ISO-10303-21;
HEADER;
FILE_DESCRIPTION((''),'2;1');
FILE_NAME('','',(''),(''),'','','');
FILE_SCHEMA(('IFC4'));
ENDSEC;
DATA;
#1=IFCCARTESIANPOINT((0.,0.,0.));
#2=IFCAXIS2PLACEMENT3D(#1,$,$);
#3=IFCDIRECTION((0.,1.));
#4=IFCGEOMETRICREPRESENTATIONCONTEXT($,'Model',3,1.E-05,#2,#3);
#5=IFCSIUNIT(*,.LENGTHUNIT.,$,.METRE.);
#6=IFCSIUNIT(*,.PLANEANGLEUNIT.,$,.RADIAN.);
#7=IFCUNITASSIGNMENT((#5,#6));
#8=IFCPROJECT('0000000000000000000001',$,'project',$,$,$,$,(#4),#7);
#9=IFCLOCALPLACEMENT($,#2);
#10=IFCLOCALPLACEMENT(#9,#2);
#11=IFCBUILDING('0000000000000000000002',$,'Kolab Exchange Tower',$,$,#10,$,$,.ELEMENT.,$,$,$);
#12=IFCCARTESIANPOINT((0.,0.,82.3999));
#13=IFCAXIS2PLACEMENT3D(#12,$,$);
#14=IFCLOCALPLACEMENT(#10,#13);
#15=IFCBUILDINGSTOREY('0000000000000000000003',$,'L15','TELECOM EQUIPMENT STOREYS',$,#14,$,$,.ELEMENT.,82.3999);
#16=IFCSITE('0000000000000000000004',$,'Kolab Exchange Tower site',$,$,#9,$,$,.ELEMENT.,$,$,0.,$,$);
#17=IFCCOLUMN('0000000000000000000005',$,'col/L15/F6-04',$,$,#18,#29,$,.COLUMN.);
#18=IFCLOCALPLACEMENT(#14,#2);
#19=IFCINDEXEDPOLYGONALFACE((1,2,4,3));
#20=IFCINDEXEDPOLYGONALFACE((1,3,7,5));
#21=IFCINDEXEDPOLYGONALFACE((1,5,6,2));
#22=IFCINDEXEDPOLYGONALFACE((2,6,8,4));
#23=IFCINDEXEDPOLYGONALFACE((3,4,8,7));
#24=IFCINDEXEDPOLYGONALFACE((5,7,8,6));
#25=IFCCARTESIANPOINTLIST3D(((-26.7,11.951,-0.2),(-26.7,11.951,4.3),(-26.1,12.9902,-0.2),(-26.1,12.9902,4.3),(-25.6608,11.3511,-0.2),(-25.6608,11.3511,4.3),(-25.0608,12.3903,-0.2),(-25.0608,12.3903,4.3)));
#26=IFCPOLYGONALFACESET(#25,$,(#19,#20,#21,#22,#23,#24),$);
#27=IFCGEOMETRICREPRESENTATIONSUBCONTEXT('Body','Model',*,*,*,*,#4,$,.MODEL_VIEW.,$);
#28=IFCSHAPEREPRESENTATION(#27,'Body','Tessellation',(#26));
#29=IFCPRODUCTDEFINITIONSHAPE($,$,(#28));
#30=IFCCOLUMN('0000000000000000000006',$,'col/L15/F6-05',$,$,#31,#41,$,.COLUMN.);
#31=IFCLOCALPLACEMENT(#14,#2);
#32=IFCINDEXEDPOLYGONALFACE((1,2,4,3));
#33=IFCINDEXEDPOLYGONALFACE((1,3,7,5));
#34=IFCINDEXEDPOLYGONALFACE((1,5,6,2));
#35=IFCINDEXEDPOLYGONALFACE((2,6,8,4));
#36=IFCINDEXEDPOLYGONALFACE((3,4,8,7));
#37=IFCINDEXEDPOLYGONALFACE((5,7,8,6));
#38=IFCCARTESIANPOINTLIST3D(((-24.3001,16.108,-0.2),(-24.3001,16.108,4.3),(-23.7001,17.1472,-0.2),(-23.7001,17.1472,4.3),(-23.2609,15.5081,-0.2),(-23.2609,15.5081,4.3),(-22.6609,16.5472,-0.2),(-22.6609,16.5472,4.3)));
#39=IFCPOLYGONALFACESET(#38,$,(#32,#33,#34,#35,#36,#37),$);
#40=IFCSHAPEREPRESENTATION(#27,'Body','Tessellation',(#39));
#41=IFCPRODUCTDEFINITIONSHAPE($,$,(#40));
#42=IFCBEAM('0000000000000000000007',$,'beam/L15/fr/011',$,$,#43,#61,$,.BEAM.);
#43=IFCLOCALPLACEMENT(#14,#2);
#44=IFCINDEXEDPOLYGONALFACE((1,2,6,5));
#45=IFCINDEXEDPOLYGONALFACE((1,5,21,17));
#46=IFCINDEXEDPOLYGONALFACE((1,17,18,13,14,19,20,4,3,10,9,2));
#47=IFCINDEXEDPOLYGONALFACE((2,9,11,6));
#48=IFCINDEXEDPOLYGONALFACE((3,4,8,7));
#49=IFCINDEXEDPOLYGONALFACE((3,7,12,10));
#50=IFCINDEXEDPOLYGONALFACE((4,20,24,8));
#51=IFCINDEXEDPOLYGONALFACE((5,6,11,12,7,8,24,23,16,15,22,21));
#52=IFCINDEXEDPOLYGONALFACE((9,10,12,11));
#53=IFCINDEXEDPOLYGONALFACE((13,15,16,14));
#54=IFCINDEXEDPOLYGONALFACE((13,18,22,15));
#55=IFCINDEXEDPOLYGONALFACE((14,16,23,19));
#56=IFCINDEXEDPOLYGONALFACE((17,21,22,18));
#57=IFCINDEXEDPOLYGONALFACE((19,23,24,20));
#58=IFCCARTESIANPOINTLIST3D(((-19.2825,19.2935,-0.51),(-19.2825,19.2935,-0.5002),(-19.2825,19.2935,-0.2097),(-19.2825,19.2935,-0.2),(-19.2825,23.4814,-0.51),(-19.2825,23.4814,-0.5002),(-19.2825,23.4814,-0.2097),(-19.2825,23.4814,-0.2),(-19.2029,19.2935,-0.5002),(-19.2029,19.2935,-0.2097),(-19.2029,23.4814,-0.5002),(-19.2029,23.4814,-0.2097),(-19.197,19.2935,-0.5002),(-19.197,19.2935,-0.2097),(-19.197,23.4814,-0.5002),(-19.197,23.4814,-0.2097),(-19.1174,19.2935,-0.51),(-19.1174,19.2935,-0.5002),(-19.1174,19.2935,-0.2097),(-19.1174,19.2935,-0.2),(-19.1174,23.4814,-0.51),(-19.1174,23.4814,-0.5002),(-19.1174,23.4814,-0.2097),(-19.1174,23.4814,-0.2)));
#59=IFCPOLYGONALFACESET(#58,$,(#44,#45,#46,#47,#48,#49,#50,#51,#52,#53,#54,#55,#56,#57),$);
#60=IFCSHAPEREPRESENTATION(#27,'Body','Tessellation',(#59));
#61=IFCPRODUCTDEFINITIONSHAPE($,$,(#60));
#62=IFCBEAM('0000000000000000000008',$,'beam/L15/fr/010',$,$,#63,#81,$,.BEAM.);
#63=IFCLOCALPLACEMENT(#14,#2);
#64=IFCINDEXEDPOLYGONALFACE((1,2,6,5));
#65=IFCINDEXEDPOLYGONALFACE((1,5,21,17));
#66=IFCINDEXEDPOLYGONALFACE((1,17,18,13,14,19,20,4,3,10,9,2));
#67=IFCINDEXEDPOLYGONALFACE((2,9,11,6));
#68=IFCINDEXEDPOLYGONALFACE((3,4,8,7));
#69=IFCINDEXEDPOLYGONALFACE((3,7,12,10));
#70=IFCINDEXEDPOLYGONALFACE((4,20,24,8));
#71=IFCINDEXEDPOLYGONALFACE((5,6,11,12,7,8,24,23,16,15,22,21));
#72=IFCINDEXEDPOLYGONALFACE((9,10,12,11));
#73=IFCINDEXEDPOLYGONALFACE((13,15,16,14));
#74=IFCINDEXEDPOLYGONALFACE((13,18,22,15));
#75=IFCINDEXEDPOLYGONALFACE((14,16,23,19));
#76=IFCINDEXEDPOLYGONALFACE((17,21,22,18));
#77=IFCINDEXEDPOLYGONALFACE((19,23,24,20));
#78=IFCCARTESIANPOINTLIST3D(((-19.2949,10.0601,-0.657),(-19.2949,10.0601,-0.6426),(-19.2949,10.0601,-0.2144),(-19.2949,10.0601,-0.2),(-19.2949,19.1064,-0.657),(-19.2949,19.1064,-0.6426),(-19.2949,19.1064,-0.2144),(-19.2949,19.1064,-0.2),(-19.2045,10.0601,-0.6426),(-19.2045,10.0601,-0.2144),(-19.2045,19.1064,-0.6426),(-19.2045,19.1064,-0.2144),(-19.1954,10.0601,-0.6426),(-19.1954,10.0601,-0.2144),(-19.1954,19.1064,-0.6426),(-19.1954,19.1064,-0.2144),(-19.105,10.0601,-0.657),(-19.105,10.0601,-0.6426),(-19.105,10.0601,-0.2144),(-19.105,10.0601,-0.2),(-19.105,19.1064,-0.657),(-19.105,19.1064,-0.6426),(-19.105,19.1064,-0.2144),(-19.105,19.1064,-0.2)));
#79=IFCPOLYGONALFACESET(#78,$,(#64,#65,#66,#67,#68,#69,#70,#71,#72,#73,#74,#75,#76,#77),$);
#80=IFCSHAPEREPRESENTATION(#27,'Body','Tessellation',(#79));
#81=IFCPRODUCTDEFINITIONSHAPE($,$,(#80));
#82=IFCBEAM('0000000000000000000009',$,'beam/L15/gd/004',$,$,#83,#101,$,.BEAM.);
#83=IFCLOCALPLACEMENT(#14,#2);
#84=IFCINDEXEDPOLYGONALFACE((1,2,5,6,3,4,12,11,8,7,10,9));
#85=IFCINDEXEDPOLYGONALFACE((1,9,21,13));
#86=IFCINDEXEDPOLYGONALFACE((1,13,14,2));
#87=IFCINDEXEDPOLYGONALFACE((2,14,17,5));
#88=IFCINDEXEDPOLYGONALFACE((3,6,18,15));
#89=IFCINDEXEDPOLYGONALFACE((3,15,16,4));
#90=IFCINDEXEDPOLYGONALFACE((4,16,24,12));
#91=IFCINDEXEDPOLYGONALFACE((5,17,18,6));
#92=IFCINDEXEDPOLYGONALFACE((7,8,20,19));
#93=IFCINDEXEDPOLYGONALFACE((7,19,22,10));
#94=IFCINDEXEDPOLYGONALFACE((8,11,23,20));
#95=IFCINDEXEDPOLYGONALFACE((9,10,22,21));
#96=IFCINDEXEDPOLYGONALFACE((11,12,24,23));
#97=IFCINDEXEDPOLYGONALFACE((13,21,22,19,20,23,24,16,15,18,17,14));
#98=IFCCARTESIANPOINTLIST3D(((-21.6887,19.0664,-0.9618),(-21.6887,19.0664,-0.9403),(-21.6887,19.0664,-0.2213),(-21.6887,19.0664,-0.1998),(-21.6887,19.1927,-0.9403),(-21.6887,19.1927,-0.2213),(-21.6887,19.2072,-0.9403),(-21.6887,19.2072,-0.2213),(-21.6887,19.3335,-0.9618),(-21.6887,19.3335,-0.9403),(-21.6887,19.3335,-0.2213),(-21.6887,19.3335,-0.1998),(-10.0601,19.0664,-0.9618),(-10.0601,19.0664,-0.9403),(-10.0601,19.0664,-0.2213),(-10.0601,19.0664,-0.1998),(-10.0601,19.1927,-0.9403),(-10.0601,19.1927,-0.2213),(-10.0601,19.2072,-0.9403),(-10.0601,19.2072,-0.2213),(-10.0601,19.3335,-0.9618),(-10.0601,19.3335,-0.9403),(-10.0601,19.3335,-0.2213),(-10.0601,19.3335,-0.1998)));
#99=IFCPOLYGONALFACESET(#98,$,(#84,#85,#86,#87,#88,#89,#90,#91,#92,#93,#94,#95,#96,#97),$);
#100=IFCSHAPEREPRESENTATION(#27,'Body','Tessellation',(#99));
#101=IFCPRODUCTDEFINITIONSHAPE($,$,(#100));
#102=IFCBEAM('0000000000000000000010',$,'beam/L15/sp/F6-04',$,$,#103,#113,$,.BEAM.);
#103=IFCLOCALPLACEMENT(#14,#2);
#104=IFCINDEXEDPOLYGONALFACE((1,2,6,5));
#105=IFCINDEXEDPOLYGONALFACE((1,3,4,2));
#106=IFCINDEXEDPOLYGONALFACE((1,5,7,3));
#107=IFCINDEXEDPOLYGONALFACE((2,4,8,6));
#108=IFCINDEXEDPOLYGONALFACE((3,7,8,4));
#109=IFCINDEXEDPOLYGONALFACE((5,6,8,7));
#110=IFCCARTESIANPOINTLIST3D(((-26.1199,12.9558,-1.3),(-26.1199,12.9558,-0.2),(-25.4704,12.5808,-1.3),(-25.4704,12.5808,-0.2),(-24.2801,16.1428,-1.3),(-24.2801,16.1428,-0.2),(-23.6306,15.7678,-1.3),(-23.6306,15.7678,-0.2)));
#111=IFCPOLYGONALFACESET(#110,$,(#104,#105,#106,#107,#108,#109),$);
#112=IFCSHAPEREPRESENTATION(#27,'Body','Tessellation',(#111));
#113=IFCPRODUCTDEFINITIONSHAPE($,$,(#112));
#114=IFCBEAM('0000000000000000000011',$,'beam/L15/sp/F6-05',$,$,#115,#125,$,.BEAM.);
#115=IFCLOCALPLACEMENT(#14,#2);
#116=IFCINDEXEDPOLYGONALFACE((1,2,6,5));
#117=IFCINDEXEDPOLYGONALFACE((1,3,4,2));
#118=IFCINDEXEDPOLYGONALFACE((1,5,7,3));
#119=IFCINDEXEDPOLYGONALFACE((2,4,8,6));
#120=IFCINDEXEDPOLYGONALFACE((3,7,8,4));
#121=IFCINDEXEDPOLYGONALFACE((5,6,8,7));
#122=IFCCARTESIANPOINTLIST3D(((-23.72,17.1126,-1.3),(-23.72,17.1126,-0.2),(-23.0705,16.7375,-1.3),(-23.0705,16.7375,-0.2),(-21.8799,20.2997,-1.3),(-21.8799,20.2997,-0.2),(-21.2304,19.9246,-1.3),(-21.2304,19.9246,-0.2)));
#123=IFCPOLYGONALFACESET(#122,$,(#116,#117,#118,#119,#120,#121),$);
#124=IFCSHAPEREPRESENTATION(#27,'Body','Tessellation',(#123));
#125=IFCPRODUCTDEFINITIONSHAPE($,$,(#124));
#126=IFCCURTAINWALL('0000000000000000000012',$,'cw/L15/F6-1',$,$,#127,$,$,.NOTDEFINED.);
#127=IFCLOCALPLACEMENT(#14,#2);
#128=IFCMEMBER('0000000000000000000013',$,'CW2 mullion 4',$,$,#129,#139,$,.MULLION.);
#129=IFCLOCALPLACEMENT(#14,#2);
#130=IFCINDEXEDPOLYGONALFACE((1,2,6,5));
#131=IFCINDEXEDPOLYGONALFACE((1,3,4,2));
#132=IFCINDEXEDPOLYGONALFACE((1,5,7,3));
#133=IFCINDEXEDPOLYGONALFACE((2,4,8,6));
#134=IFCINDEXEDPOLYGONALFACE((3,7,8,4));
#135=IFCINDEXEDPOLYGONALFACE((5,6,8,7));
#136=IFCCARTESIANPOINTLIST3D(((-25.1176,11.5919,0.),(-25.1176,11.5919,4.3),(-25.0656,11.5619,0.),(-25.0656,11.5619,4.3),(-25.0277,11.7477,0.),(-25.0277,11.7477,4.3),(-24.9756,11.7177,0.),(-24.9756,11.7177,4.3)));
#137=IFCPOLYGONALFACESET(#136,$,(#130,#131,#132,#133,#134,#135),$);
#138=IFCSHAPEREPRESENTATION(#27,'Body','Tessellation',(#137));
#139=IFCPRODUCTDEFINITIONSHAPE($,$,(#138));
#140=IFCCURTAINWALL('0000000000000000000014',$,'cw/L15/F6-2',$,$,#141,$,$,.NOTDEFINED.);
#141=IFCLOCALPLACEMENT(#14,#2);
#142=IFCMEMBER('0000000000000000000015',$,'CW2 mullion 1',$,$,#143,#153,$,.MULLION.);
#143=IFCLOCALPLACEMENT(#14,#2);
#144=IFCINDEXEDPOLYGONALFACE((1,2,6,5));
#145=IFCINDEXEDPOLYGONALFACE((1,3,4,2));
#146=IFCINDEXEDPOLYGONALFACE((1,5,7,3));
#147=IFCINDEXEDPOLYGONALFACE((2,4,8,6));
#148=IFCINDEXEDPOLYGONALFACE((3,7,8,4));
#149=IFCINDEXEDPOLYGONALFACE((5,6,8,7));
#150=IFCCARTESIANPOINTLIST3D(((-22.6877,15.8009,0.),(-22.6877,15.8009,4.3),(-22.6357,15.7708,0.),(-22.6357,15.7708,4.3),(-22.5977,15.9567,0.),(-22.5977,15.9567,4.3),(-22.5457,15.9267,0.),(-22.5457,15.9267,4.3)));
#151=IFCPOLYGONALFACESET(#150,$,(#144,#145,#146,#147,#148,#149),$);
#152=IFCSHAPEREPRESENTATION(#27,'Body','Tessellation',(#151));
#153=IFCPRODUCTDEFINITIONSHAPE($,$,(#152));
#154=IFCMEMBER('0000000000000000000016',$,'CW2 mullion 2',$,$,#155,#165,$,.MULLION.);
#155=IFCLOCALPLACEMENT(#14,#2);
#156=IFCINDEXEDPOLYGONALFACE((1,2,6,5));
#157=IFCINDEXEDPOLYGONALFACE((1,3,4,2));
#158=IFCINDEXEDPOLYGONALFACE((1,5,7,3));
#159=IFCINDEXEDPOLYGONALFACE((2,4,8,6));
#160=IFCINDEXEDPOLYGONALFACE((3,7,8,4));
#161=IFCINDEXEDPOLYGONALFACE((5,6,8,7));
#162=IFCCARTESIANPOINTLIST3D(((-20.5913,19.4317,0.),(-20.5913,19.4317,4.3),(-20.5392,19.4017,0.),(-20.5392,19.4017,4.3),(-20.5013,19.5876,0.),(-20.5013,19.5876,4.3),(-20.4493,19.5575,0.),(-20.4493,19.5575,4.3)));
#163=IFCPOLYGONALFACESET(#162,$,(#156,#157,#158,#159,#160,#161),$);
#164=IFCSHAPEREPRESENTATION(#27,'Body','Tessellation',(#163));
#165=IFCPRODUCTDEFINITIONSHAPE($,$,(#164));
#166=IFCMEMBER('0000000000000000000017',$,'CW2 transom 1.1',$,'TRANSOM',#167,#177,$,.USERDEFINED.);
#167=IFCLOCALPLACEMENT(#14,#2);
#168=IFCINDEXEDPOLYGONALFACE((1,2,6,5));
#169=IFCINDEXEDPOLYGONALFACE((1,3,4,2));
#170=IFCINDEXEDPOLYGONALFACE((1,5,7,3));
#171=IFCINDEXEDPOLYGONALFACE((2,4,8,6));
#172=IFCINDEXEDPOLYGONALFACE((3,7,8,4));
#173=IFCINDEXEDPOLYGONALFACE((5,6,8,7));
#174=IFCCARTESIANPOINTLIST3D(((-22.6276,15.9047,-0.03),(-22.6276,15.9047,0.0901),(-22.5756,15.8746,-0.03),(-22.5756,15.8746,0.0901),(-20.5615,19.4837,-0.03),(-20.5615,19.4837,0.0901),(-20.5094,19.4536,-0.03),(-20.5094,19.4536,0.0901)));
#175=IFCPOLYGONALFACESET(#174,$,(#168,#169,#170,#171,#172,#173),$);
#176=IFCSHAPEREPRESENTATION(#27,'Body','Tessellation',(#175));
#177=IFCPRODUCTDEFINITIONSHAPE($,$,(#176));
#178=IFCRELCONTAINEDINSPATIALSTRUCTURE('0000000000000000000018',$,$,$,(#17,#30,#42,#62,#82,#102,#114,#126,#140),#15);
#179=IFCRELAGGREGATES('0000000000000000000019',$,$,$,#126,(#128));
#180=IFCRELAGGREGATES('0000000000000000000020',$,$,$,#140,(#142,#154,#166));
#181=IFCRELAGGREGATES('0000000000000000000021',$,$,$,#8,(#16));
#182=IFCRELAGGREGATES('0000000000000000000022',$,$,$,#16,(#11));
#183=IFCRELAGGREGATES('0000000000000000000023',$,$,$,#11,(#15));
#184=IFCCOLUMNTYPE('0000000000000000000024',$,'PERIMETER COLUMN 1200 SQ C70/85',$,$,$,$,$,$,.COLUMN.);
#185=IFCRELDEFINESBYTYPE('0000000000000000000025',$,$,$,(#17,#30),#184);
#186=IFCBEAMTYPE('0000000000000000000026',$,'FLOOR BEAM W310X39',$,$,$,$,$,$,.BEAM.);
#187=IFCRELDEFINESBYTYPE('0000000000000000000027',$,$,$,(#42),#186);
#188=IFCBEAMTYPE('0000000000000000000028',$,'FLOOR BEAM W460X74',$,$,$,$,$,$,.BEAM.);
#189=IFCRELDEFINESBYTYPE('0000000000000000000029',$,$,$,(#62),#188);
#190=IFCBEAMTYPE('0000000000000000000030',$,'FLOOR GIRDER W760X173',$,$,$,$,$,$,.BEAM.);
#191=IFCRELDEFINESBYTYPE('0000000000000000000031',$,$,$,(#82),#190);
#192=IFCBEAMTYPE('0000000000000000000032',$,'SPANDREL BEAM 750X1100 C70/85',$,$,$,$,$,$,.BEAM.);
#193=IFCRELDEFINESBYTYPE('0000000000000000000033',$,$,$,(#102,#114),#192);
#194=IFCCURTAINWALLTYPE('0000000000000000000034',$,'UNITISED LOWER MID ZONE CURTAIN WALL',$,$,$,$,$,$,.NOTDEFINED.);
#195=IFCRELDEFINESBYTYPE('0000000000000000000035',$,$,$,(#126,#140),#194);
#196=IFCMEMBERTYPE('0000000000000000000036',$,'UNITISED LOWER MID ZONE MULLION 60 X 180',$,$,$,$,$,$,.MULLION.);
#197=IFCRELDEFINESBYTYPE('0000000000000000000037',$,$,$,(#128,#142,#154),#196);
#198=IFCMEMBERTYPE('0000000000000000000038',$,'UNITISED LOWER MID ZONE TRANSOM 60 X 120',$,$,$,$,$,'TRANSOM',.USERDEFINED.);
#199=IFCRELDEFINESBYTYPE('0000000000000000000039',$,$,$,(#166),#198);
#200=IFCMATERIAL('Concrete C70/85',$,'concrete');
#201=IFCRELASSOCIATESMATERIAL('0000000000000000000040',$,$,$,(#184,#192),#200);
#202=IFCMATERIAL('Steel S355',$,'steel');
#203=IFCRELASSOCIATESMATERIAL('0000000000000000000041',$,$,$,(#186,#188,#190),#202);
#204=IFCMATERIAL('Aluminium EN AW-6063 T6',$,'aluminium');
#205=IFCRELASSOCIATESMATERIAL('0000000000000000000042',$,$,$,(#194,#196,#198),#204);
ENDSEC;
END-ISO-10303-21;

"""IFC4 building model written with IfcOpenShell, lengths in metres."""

from ifc_helpers import new_model, si_unit, direction, frame, origin, origin_2d, place, context, subcontext, project, spatial, rectangle, i_section, extrude, material, material_profile, profile_set, type_object, element, aggregate, save


model = new_model("IFC4")

# Units and contexts
model_context = context("Model", 3, precision=1e-05, world=origin(), true_north=direction((0.0, 1.0)))
body_context = subcontext(model_context, "Body", "Model", "MODEL_VIEW")
ifc_project = project(units=[si_unit("LENGTHUNIT", "METRE"), si_unit("PLANEANGLEUNIT", "RADIAN")], contexts=[model_context])

# Site, building, storey
site_placement = place(None, origin())
site = spatial("IfcSite", under=ifc_project, at=site_placement, Name="Kolab Exchange Tower site", CompositionType="ELEMENT", RefElevation=0.0)
building_placement = place(site_placement, origin())
building = spatial("IfcBuilding", under=site, at=building_placement, Name="Kolab Exchange Tower", CompositionType="ELEMENT")
storey_placement = place(building_placement, frame((0.0, 0.0, 82.3999)))
storey = spatial("IfcBuildingStorey", under=building, at=storey_placement, Name="L15", Description="TELECOM EQUIPMENT STOREYS", CompositionType="ELEMENT", Elevation=82.3999)

# Columns
ifc_material_1 = material(Name="Concrete C70/85", Category="concrete")
ifc_material_profile_1 = material_profile(ifc_material_1, rectangle(XDim=1.2, YDim=1.2, at=origin_2d()), Name="RC1200")
ifc_profile_set_1 = profile_set([ifc_material_profile_1], Name="Concrete C70/85")
column_type = type_object("IfcColumnType", Name="PERIMETER COLUMN 1200 SQ C70/85", PredefinedType="COLUMN", material=ifc_profile_set_1)
for number, where, z_axis, x_axis, name in (
    (1, (-25.8804, 12.1707, -0.2), (0.0, 0.0, 1.0), (0.5, 0.866025, 0.0), "col/L15/F6-04"),
    (2, (-23.4805, 16.3276, -0.2), (0.0, 0.0, 1.0), (0.5, 0.866025, 0.0), "col/L15/F6-05"),
):
    element("IfcColumn", number, at=place(storey_placement, frame(where, z_axis=z_axis, x_axis=x_axis)), inside=storey, type_object=column_type, Name=name, PredefinedType="COLUMN", context=body_context, shape_type="SweptSolid", body=[
        extrude(rectangle(XDim=1.2, YDim=1.2, at=origin_2d()), origin(), (0.0, 0.0, 1.0), 4.5),
    ])

# Beams
ifc_material_2 = material(Name="Steel S355", Category="steel")
ifc_material_profile_2 = material_profile(ifc_material_2, i_section(OverallWidth=0.165, OverallDepth=0.3101, WebThickness=0.0059, FlangeThickness=0.0098, at=origin_2d()), Name="W310X39")
ifc_profile_set_2 = profile_set([ifc_material_profile_2], Name="Steel S355")
beam_type_1 = type_object("IfcBeamType", Name="FLOOR BEAM W310X39", PredefinedType="BEAM", material=ifc_profile_set_2)
beam_1_placement = place(storey_placement, frame((-19.2, 19.2935, -0.355), z_axis=(0.0, 1.0, 0.0), x_axis=(-1.0, 0.0, 0.0)))
element("IfcBeam", 3, at=beam_1_placement, inside=storey, type_object=beam_type_1, Name="beam/L15/fr/011", PredefinedType="BEAM", context=body_context, shape_type="SweptSolid", body=[
    extrude(i_section(OverallWidth=0.165, OverallDepth=0.3101, WebThickness=0.0059, FlangeThickness=0.0098, at=origin_2d()), origin(), (0.0, 0.0, 1.0), 4.188),
])
ifc_material_profile_3 = material_profile(ifc_material_2, i_section(OverallWidth=0.1899, OverallDepth=0.457, WebThickness=0.009, FlangeThickness=0.0144, at=origin_2d()), Name="W460X74")
ifc_profile_set_3 = profile_set([ifc_material_profile_3], Name="Steel S355")
beam_type_2 = type_object("IfcBeamType", Name="FLOOR BEAM W460X74", PredefinedType="BEAM", material=ifc_profile_set_3)
beam_2_placement = place(storey_placement, frame((-19.2, 10.0601, -0.4285), z_axis=(0.0, 1.0, 0.0), x_axis=(-1.0, 0.0, 0.0)))
element("IfcBeam", 4, at=beam_2_placement, inside=storey, type_object=beam_type_2, Name="beam/L15/fr/010", PredefinedType="BEAM", context=body_context, shape_type="SweptSolid", body=[
    extrude(i_section(OverallWidth=0.1899, OverallDepth=0.457, WebThickness=0.009, FlangeThickness=0.0144, at=origin_2d()), origin(), (0.0, 0.0, 1.0), 9.0464),
])
ifc_material_profile_4 = material_profile(ifc_material_2, i_section(OverallWidth=0.2671, OverallDepth=0.762, WebThickness=0.0144, FlangeThickness=0.0215, at=origin_2d()), Name="W760X173")
ifc_profile_set_4 = profile_set([ifc_material_profile_4], Name="Steel S355")
beam_type_3 = type_object("IfcBeamType", Name="FLOOR GIRDER W760X173", PredefinedType="BEAM", material=ifc_profile_set_4)
beam_3_placement = place(storey_placement, frame((-21.6887, 19.2, -0.5808), z_axis=(1.0, 0.0, 0.0), x_axis=(0.0, 1.0, 0.0)))
element("IfcBeam", 5, at=beam_3_placement, inside=storey, type_object=beam_type_3, Name="beam/L15/gd/004", PredefinedType="BEAM", context=body_context, shape_type="SweptSolid", body=[
    extrude(i_section(OverallWidth=0.2671, OverallDepth=0.762, WebThickness=0.0144, FlangeThickness=0.0215, at=origin_2d()), origin(), (0.0, 0.0, 1.0), 11.6287),
])
ifc_material_profile_5 = material_profile(ifc_material_1, rectangle(XDim=0.75, YDim=1.1001, at=origin_2d()), Name="RC750X1100")
ifc_profile_set_5 = profile_set([ifc_material_profile_5], Name="Concrete C70/85")
beam_type_4 = type_object("IfcBeamType", Name="SPANDREL BEAM 750X1100 C70/85", PredefinedType="BEAM", material=ifc_profile_set_5)
beam_4_placement = place(storey_placement, frame((-25.7952, 12.7683, -0.75), z_axis=(0.499964, 0.866046, 0.0), x_axis=(-0.866046, 0.499964, 0.0)))
element("IfcBeam", 6, at=beam_4_placement, inside=storey, type_object=beam_type_4, Name="beam/L15/sp/F6-04", PredefinedType="BEAM", context=body_context, shape_type="SweptSolid", body=[
    extrude(rectangle(XDim=0.75, YDim=1.1001, at=origin_2d()), origin(), (0.0, 0.0, 1.0), 3.6799),
])
beam_5_placement = place(storey_placement, frame((-23.3953, 16.925, -0.75), z_axis=(0.500013, 0.866018, 0.0), x_axis=(-0.866018, 0.500013, 0.0)))
element("IfcBeam", 7, at=beam_5_placement, inside=storey, type_object=beam_type_4, Name="beam/L15/sp/F6-05", PredefinedType="BEAM", context=body_context, shape_type="SweptSolid", body=[
    extrude(rectangle(XDim=0.75, YDim=1.1001, at=origin_2d()), origin(), (0.0, 0.0, 1.0), 3.6802),
])

# Curtain wall, member
ifc_material_3 = material(Name="Aluminium EN AW-6063 T6", Category="aluminium")
curtain_wall_type = type_object("IfcCurtainWallType", Name="UNITISED LOWER MID ZONE CURTAIN WALL", PredefinedType="NOTDEFINED", material=ifc_material_3)
curtain_wall_1_placement = place(storey_placement, origin())
curtain_wall_1 = element("IfcCurtainWall", 8, at=curtain_wall_1_placement, inside=storey, type_object=curtain_wall_type, Name="cw/L15/F6-1", PredefinedType="NOTDEFINED")
ifc_material_profile_6 = material_profile(ifc_material_3, rectangle(XDim=0.0601, YDim=0.1799, at=origin_2d()), Name="RECT 60X180")
ifc_profile_set_6 = profile_set([ifc_material_profile_6], Name="Aluminium EN AW-6063 T6")
member_type_1 = type_object("IfcMemberType", Name="UNITISED LOWER MID ZONE MULLION 60 X 180", PredefinedType="MULLION", material=ifc_profile_set_6)
member_1_placement = place(storey_placement, frame((-25.0466, 11.6548, 0.0), z_axis=(0.0, 0.0, 1.0), x_axis=(-0.866025, 0.5, 0.0)))
member_1 = element("IfcMember", 9, at=member_1_placement, type_object=member_type_1, Name="CW2 mullion 4", PredefinedType="MULLION", context=body_context, shape_type="SweptSolid", body=[
    extrude(rectangle(XDim=0.0601, YDim=0.1799, at=origin_2d()), origin(), (0.0, 0.0, 1.0), 4.3),
])
aggregate(curtain_wall_1, [member_1])

# Curtain wall, members
curtain_wall_2_placement = place(storey_placement, origin())
curtain_wall_2 = element("IfcCurtainWall", 10, at=curtain_wall_2_placement, inside=storey, type_object=curtain_wall_type, Name="cw/L15/F6-2", PredefinedType="NOTDEFINED")
member_2_placement = place(storey_placement, frame((-22.6167, 15.8638, 0.0), z_axis=(0.0, 0.0, 1.0), x_axis=(-0.866025, 0.5, 0.0)))
member_2 = element("IfcMember", 11, at=member_2_placement, type_object=member_type_1, Name="CW2 mullion 1", PredefinedType="MULLION", context=body_context, shape_type="SweptSolid", body=[
    extrude(rectangle(XDim=0.0601, YDim=0.1799, at=origin_2d()), origin(), (0.0, 0.0, 1.0), 4.3),
])
member_3_placement = place(storey_placement, frame((-20.5203, 19.4946, 0.0), z_axis=(0.0, 0.0, 1.0), x_axis=(-0.866025, 0.5, 0.0)))
member_3 = element("IfcMember", 12, at=member_3_placement, type_object=member_type_1, Name="CW2 mullion 2", PredefinedType="MULLION", context=body_context, shape_type="SweptSolid", body=[
    extrude(rectangle(XDim=0.0601, YDim=0.1799, at=origin_2d()), origin(), (0.0, 0.0, 1.0), 4.3),
])
ifc_material_profile_7 = material_profile(ifc_material_3, rectangle(XDim=0.0601, YDim=0.1201, at=origin_2d()), Name="RECT 60X120")
ifc_profile_set_7 = profile_set([ifc_material_profile_7], Name="Aluminium EN AW-6063 T6")
member_type_2 = type_object("IfcMemberType", Name="UNITISED LOWER MID ZONE TRANSOM 60 X 120", ElementType="TRANSOM", PredefinedType="USERDEFINED", material=ifc_profile_set_7)
member_4_placement = place(storey_placement, frame((-22.6016, 15.8896, 0.03), z_axis=(0.499958, 0.86605, 0.0), x_axis=(-0.86605, 0.499958, 0.0)))
member_4 = element("IfcMember", 13, at=member_4_placement, type_object=member_type_2, Name="CW2 transom 1.1", ObjectType="TRANSOM", PredefinedType="USERDEFINED", context=body_context, shape_type="SweptSolid", body=[
    extrude(rectangle(XDim=0.0601, YDim=0.1201, at=origin_2d()), origin(), (0.0, 0.0, 1.0), 4.1326),
])
aggregate(curtain_wall_2, [member_2, member_3, member_4])

save(model, "model.ifc")
